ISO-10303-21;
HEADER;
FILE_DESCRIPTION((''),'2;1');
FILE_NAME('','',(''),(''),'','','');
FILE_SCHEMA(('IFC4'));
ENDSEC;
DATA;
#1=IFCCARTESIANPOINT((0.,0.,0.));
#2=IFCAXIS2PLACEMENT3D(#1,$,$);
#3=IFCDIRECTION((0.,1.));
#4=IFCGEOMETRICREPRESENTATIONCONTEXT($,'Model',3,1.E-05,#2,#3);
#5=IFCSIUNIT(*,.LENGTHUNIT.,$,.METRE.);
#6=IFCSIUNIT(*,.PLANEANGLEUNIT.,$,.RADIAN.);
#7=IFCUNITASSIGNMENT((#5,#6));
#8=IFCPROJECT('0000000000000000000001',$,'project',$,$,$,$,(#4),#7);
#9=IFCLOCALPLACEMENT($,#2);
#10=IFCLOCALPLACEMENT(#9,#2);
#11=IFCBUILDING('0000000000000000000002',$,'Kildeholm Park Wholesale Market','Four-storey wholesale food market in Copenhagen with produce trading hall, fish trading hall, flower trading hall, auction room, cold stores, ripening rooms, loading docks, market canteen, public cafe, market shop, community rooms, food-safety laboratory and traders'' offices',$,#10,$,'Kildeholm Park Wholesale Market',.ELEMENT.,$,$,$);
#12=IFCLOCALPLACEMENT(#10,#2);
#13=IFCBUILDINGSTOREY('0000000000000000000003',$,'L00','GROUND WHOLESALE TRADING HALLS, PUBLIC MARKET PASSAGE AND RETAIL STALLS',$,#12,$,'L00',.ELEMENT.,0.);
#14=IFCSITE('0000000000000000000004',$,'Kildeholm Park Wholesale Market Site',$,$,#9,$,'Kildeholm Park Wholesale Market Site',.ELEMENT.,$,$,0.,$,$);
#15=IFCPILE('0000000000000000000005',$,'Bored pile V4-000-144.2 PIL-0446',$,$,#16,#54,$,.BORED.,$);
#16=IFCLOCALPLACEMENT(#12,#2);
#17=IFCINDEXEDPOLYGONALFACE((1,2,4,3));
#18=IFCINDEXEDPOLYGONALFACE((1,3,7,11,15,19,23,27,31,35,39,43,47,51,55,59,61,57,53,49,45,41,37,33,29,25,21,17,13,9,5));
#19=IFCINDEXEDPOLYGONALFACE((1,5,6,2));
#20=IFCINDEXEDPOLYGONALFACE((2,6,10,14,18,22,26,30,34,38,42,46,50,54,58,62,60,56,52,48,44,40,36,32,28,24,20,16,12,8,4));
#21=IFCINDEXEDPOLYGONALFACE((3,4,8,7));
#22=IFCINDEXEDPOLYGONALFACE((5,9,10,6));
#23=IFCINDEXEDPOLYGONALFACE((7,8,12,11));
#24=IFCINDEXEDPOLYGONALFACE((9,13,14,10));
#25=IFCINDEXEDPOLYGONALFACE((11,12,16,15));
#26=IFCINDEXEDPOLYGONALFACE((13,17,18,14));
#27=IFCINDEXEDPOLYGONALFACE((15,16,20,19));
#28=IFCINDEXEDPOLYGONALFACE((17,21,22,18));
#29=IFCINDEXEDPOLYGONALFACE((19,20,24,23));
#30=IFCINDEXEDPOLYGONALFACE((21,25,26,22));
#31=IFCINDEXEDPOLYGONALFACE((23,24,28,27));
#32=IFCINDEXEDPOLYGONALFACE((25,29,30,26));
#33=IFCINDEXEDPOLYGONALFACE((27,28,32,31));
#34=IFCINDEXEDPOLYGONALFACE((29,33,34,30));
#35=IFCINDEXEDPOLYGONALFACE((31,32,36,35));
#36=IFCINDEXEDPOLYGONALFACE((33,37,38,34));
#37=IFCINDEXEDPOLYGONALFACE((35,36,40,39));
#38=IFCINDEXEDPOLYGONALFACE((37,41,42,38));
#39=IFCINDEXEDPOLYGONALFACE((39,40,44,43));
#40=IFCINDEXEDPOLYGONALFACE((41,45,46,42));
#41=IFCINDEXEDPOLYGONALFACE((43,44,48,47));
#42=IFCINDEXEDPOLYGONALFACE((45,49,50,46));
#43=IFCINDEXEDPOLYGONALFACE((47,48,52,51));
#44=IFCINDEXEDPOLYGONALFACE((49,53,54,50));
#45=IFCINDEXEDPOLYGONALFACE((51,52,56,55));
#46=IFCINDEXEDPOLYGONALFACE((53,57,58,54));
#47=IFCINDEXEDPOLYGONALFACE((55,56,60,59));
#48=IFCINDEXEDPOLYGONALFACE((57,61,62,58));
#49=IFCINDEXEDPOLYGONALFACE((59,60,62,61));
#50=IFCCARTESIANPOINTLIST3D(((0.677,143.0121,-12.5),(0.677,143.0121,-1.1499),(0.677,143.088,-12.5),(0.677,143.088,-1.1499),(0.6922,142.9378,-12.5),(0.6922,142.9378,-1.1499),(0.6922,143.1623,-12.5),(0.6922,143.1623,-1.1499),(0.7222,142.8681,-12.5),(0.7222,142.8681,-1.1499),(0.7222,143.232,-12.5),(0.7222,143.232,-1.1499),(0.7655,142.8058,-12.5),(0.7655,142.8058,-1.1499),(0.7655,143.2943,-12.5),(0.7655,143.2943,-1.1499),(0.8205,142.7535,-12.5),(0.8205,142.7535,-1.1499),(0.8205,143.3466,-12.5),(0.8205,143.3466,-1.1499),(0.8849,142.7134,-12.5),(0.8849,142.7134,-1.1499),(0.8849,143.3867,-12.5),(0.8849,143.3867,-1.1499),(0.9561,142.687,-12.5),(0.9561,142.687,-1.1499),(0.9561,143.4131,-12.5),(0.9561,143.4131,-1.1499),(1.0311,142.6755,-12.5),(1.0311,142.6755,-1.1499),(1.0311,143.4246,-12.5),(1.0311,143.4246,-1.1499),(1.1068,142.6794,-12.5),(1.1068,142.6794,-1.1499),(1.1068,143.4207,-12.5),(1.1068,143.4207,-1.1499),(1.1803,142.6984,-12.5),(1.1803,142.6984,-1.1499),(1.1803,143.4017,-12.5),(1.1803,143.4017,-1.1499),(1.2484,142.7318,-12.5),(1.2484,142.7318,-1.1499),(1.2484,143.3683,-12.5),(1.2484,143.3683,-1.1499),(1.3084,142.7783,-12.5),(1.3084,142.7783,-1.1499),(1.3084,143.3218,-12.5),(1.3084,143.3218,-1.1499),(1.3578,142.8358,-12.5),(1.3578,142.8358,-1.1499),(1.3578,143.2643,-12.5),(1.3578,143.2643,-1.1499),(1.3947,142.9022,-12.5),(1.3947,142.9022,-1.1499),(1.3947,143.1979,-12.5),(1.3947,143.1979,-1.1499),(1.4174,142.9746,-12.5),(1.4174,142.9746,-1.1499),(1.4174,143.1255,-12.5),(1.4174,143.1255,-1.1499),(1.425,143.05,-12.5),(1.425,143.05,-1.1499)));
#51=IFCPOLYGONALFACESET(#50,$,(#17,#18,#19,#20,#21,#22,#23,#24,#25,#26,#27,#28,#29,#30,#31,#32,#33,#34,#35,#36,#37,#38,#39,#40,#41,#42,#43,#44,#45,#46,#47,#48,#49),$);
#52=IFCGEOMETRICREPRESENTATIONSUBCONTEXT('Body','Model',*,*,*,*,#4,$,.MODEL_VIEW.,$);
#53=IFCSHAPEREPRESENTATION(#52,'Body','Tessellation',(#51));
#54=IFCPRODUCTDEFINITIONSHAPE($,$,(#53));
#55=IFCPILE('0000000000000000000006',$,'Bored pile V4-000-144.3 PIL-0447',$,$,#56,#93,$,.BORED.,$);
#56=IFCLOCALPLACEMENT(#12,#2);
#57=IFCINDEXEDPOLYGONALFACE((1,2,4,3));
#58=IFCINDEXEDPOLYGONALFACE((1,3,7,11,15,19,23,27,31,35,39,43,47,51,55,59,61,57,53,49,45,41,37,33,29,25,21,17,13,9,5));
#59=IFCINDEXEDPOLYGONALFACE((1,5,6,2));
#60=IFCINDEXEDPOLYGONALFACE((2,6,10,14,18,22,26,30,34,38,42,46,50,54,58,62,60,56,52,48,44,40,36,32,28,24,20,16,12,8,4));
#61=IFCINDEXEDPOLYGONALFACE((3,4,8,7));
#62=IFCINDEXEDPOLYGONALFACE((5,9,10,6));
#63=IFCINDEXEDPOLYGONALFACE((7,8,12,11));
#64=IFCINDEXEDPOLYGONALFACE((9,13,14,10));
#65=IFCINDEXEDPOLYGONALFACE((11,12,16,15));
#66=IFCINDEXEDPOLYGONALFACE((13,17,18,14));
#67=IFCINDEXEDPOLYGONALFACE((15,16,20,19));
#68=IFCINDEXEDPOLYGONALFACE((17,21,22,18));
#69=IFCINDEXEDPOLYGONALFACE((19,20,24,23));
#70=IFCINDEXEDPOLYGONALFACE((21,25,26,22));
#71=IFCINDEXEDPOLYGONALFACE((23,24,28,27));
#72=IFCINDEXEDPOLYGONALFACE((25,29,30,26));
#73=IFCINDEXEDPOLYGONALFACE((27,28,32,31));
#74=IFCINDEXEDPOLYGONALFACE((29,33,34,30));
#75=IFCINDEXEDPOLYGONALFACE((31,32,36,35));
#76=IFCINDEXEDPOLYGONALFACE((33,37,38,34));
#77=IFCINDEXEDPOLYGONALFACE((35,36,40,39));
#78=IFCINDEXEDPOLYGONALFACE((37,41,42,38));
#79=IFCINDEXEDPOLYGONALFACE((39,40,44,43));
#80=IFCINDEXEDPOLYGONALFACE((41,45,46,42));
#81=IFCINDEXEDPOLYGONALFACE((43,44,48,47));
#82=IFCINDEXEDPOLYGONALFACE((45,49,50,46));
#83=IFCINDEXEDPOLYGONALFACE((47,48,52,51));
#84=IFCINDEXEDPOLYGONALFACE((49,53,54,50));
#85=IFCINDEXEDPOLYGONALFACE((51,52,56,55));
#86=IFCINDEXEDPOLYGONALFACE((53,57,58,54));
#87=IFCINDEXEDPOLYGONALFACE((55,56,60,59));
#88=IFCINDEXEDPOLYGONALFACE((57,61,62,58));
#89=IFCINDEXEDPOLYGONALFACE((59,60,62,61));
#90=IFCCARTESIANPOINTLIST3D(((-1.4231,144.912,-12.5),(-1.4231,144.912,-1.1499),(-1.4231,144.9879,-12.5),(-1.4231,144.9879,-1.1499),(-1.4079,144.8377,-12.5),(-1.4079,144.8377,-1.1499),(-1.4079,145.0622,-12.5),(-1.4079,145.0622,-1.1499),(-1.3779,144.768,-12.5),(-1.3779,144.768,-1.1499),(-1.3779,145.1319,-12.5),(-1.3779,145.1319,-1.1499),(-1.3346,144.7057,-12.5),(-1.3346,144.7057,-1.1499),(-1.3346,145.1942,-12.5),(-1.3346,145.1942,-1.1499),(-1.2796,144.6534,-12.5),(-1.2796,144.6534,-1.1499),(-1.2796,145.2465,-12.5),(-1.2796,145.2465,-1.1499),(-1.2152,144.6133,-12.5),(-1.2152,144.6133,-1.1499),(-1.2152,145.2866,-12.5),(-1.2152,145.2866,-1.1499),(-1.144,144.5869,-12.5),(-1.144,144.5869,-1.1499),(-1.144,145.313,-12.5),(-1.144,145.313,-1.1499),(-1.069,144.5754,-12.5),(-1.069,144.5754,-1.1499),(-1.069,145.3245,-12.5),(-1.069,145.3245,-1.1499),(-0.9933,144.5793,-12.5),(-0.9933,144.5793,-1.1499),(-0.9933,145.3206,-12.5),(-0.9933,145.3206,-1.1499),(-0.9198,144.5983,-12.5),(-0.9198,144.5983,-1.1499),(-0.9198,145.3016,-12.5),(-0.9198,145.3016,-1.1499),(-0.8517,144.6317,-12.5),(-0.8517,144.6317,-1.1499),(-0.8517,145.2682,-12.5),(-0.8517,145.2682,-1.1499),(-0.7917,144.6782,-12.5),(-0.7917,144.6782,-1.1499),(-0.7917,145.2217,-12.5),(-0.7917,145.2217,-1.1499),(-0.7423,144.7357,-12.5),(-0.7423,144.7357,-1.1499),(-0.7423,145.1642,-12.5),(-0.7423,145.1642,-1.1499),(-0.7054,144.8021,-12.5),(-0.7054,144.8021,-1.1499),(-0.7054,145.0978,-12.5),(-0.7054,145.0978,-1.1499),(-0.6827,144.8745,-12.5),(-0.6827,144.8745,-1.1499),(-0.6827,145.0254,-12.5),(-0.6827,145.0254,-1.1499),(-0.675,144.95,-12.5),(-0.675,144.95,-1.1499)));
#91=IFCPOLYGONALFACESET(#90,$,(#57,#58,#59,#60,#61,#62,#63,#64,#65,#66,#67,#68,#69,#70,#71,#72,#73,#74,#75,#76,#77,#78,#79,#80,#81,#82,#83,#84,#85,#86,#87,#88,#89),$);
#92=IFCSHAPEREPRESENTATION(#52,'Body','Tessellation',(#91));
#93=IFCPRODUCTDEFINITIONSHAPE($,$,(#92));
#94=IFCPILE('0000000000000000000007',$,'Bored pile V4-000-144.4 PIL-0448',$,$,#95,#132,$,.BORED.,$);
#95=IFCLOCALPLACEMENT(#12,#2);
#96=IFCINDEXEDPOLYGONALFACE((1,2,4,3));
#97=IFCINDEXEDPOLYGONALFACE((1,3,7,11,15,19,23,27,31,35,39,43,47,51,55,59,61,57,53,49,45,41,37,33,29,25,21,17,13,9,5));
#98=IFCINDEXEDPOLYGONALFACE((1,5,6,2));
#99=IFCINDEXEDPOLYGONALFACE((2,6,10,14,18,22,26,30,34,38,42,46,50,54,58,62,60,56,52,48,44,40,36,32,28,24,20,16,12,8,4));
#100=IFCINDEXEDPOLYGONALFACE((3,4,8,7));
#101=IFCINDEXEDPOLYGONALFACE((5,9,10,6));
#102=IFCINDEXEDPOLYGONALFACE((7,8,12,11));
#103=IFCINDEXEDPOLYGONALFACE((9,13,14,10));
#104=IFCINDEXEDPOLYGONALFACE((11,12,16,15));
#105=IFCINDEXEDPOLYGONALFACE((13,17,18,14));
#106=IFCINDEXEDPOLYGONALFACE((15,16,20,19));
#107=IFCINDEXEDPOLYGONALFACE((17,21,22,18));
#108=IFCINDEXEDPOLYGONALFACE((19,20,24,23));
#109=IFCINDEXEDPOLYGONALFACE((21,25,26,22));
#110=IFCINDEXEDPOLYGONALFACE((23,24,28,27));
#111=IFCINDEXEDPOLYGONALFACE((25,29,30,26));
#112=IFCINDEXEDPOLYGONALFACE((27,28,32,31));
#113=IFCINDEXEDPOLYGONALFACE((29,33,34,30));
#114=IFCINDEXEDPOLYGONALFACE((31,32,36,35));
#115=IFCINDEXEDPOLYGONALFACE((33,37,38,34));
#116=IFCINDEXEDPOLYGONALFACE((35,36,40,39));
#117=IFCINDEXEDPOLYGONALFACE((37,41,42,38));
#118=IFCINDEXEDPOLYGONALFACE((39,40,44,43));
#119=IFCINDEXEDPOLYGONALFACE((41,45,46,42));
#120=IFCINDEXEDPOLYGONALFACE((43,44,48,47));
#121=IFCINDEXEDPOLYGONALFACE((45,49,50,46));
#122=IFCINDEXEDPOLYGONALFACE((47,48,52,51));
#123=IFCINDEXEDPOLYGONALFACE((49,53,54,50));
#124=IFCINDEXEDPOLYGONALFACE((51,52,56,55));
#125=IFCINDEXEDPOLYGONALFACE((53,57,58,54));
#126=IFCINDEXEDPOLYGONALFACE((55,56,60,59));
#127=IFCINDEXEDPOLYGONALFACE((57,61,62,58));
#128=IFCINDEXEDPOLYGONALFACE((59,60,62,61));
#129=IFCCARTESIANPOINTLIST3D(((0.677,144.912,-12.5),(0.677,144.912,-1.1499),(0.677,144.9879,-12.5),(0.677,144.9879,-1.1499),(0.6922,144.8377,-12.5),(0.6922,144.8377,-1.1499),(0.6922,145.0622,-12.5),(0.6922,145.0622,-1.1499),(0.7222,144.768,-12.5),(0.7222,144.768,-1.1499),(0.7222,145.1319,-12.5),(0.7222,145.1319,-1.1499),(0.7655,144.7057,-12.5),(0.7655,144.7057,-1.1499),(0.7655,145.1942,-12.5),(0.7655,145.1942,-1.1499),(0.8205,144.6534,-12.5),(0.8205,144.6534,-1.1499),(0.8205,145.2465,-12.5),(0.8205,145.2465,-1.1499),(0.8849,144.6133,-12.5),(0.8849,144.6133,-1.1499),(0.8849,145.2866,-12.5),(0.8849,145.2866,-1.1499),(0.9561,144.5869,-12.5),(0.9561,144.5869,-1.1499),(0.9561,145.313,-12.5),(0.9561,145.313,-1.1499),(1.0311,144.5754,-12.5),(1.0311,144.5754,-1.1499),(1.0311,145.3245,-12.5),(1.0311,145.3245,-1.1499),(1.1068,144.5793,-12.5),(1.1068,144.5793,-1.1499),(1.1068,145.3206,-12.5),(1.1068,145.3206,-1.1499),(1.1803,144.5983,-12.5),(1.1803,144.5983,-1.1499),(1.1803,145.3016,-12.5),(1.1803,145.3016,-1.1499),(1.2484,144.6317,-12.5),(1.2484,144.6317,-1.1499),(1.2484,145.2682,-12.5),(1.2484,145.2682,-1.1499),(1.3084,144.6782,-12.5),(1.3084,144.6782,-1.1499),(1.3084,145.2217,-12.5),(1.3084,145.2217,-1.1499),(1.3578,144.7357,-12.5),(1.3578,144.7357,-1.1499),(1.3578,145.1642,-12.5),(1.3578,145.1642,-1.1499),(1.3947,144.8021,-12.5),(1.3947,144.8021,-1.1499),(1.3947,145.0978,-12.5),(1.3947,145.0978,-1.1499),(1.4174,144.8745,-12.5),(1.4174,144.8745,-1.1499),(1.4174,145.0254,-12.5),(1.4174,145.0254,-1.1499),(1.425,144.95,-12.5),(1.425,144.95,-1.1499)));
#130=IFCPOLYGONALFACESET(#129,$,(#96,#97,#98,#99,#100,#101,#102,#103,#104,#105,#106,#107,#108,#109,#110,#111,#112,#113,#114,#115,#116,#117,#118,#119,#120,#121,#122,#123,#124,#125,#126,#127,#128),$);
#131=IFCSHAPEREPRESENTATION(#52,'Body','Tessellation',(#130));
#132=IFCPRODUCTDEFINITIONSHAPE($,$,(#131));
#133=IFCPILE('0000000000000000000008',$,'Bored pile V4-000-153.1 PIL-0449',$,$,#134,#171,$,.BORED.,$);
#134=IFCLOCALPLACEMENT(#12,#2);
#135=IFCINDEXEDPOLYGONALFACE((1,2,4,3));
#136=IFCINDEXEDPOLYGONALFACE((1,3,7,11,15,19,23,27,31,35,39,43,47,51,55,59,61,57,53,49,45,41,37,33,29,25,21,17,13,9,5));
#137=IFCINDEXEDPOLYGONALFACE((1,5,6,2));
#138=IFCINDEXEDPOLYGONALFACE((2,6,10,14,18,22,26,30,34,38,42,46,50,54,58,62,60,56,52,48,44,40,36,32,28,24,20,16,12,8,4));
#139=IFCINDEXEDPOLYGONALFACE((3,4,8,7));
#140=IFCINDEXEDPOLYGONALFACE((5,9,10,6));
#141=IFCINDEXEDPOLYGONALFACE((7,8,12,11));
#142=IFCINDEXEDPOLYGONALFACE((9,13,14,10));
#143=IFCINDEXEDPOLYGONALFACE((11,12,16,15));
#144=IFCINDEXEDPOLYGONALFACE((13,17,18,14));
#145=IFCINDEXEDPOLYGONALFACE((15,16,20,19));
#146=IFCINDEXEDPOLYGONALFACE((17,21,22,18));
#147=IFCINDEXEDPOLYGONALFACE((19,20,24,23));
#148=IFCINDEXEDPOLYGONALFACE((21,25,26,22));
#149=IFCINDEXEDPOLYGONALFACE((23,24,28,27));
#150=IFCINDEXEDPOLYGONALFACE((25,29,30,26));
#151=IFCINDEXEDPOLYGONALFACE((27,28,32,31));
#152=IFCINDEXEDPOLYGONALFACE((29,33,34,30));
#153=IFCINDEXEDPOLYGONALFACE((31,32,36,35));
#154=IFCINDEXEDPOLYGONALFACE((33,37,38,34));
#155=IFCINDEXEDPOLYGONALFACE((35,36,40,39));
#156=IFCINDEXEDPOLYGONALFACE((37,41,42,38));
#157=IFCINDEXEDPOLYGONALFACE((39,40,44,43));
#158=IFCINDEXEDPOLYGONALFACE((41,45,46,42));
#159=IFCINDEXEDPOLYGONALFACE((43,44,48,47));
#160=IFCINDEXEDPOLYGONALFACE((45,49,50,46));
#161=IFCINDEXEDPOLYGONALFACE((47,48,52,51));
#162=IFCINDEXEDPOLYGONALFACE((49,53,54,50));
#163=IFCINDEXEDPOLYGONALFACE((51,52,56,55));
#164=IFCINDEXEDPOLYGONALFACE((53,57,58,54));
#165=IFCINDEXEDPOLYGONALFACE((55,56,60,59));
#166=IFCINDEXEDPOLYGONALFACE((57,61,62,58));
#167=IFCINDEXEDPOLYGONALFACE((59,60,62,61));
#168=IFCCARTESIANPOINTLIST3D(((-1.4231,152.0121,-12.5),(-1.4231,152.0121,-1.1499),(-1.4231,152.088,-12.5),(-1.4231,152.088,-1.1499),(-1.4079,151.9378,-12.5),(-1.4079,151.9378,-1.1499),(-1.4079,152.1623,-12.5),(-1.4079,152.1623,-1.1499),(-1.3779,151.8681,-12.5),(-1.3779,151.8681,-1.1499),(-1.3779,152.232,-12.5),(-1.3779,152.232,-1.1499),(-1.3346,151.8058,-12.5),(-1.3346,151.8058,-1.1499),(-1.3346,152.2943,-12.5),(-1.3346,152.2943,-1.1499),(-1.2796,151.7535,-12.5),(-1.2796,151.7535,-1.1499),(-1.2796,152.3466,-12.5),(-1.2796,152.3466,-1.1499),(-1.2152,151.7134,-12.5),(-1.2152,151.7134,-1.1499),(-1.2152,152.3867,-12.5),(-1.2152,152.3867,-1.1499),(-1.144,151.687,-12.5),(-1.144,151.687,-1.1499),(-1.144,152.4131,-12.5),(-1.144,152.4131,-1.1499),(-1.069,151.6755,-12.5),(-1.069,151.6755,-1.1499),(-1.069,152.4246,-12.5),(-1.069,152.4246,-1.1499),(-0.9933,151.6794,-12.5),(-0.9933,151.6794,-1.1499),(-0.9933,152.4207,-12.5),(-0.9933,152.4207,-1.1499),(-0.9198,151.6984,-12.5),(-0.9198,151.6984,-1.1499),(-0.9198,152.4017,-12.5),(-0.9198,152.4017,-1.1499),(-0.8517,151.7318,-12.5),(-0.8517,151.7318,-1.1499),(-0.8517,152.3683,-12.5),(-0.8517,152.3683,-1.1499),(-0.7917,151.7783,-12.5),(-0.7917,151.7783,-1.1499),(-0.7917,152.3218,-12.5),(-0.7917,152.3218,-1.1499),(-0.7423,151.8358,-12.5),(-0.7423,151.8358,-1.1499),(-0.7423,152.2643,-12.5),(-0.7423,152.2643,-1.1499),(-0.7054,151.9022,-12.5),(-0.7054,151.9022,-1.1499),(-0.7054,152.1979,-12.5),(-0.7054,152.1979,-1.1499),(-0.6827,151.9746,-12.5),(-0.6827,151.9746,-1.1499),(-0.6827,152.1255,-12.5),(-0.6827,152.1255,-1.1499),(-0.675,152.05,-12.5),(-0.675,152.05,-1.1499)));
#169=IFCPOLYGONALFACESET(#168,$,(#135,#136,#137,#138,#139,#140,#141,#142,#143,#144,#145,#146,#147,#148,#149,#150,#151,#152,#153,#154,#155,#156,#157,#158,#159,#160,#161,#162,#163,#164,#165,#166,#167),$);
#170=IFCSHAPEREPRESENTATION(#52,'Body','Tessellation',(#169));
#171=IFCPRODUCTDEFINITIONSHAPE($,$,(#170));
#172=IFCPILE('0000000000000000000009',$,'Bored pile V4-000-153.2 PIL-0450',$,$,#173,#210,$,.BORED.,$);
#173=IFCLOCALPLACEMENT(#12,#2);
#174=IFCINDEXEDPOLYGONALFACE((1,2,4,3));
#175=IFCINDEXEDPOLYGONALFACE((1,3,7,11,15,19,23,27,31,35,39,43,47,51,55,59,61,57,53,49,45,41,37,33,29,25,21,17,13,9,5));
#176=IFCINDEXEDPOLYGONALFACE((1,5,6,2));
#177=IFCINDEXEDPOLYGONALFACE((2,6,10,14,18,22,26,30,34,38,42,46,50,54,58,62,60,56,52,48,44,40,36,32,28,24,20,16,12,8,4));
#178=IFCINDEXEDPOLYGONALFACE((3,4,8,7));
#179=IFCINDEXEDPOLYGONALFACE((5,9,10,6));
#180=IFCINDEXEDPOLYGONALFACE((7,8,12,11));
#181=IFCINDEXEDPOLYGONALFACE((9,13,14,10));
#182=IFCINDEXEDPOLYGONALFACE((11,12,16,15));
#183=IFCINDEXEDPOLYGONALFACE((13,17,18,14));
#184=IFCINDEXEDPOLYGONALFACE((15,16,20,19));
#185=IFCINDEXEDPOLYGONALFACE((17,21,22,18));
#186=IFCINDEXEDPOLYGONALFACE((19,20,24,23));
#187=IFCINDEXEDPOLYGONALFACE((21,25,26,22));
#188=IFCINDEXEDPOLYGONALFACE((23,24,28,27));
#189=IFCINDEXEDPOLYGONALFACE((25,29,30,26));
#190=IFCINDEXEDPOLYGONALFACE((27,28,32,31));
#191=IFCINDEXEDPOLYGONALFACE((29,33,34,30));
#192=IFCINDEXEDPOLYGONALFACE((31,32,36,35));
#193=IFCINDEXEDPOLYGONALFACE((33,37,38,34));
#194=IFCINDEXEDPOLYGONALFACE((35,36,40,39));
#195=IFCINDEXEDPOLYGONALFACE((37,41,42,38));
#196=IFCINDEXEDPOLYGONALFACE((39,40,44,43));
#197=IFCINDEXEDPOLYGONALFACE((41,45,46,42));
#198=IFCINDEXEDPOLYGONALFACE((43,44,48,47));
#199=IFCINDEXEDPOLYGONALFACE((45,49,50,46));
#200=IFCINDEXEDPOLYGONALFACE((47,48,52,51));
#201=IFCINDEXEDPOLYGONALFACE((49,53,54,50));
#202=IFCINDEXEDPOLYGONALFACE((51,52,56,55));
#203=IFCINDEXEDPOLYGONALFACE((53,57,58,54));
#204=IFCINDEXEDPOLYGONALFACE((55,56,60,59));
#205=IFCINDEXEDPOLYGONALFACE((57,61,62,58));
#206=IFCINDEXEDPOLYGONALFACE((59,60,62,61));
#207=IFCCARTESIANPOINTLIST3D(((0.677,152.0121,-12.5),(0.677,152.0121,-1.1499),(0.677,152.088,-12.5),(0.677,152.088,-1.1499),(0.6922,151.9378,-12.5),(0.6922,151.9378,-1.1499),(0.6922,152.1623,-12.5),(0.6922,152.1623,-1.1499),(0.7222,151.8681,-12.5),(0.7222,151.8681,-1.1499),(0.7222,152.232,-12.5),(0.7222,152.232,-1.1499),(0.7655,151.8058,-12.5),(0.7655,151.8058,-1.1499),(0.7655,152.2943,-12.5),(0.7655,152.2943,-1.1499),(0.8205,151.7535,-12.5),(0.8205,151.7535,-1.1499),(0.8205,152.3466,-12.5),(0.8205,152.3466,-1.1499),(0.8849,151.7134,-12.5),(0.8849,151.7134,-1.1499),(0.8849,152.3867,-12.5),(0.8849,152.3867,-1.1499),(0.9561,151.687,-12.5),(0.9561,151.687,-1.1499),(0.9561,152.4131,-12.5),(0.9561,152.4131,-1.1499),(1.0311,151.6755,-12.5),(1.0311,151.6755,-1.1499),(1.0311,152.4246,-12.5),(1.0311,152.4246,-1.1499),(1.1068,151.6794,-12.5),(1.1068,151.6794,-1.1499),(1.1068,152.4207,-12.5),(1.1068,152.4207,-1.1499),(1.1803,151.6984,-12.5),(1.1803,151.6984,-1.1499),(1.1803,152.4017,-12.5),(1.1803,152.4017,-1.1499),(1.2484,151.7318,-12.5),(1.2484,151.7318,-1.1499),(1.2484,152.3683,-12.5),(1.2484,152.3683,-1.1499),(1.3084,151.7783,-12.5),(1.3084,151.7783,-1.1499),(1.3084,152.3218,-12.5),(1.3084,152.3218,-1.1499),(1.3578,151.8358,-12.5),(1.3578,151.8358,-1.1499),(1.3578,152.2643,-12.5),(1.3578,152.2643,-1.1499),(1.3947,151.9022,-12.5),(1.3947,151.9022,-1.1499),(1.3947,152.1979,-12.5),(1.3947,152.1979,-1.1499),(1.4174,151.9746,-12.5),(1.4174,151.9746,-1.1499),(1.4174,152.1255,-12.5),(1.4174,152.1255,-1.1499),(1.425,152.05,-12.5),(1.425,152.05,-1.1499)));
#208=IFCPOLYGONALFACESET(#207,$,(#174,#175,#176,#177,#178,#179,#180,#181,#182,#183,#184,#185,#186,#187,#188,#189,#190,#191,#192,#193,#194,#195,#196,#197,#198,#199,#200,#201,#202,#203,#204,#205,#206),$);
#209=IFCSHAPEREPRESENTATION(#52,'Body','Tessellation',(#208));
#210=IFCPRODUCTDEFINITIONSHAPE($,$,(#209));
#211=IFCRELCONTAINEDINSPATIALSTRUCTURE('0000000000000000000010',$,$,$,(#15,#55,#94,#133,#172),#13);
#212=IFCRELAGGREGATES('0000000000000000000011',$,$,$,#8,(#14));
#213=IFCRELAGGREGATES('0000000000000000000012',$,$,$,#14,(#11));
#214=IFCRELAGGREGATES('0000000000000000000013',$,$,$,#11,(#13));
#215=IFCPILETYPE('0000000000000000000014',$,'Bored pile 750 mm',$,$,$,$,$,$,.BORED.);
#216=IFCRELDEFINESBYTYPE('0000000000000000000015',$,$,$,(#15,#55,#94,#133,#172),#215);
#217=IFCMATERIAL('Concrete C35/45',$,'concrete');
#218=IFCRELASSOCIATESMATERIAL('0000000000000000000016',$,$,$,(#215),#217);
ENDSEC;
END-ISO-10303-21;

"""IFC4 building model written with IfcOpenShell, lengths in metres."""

from ifc_helpers import new_model, si_unit, direction, frame, origin, origin_2d, place, context, subcontext, project, spatial, circle, extrude, material, material_profile, profile_set, type_object, element, save


model = new_model("IFC4")

# Units and contexts
model_context = context("Model", 3, precision=1e-05, world=origin(), true_north=direction((0.0, 1.0)))
body_context = subcontext(model_context, "Body", "Model", "MODEL_VIEW")
ifc_project = project(units=[si_unit("LENGTHUNIT", "METRE"), si_unit("PLANEANGLEUNIT", "RADIAN")], contexts=[model_context])

# Site, building, storey
site_placement = place(None, origin())
site = spatial("IfcSite", under=ifc_project, at=site_placement, Name="Kildeholm Park Wholesale Market Site", LongName="Kildeholm Park Wholesale Market Site", CompositionType="ELEMENT", RefElevation=0.0)
building_placement = place(site_placement, origin())
building = spatial("IfcBuilding", under=site, at=building_placement, Name="Kildeholm Park Wholesale Market", Description="Four-storey wholesale food market in Copenhagen with produce trading hall, fish trading hall, flower trading hall, auction room, cold stores, ripening rooms, loading docks, market canteen, public cafe, market shop, community rooms, food-safety laboratory and traders' offices", LongName="Kildeholm Park Wholesale Market", CompositionType="ELEMENT")
storey_placement = place(building_placement, origin())
storey = spatial("IfcBuildingStorey", under=building, at=storey_placement, Name="L00", Description="GROUND WHOLESALE TRADING HALLS, PUBLIC MARKET PASSAGE AND RETAIL STALLS", LongName="L00", CompositionType="ELEMENT", Elevation=0.0)

# Piles
ifc_material_1 = material(Name="Concrete C35/45", Category="concrete")
ifc_material_profile_1 = material_profile(ifc_material_1, circle(Radius=0.375, at=origin_2d()), Name="PILE D750")
ifc_profile_set_1 = profile_set([ifc_material_profile_1], Name="Concrete C35/45")
pile_type = type_object("IfcPileType", Name="Bored pile 750 mm", PredefinedType="BORED", material=ifc_profile_set_1)
for number, where, z_axis, x_axis, name in (
    (1, (1.05, 143.05, -1.1499), (0.0, 0.0, -1.0), (1.0, 0.0, 0.0), "Bored pile V4-000-144.2 PIL-0446"),
    (2, (-1.05, 144.95, -1.1499), (0.0, 0.0, -1.0), (1.0, 0.0, 0.0), "Bored pile V4-000-144.3 PIL-0447"),
    (3, (1.05, 144.95, -1.1499), (0.0, 0.0, -1.0), (1.0, 0.0, 0.0), "Bored pile V4-000-144.4 PIL-0448"),
    (4, (-1.05, 152.05, -1.1499), (0.0, 0.0, -1.0), (1.0, 0.0, 0.0), "Bored pile V4-000-153.1 PIL-0449"),
    (5, (1.05, 152.05, -1.1499), (0.0, 0.0, -1.0), (1.0, 0.0, 0.0), "Bored pile V4-000-153.2 PIL-0450"),
):
    element("IfcPile", number, at=place(storey_placement, frame(where, z_axis=z_axis, x_axis=x_axis)), inside=storey, type_object=pile_type, Name=name, PredefinedType="BORED", context=body_context, shape_type="SweptSolid", body=[
        extrude(circle(Radius=0.375, at=origin_2d()), origin(), (0.0, 0.0, 1.0), 11.3501),
    ])

save(model, "model.ifc")
